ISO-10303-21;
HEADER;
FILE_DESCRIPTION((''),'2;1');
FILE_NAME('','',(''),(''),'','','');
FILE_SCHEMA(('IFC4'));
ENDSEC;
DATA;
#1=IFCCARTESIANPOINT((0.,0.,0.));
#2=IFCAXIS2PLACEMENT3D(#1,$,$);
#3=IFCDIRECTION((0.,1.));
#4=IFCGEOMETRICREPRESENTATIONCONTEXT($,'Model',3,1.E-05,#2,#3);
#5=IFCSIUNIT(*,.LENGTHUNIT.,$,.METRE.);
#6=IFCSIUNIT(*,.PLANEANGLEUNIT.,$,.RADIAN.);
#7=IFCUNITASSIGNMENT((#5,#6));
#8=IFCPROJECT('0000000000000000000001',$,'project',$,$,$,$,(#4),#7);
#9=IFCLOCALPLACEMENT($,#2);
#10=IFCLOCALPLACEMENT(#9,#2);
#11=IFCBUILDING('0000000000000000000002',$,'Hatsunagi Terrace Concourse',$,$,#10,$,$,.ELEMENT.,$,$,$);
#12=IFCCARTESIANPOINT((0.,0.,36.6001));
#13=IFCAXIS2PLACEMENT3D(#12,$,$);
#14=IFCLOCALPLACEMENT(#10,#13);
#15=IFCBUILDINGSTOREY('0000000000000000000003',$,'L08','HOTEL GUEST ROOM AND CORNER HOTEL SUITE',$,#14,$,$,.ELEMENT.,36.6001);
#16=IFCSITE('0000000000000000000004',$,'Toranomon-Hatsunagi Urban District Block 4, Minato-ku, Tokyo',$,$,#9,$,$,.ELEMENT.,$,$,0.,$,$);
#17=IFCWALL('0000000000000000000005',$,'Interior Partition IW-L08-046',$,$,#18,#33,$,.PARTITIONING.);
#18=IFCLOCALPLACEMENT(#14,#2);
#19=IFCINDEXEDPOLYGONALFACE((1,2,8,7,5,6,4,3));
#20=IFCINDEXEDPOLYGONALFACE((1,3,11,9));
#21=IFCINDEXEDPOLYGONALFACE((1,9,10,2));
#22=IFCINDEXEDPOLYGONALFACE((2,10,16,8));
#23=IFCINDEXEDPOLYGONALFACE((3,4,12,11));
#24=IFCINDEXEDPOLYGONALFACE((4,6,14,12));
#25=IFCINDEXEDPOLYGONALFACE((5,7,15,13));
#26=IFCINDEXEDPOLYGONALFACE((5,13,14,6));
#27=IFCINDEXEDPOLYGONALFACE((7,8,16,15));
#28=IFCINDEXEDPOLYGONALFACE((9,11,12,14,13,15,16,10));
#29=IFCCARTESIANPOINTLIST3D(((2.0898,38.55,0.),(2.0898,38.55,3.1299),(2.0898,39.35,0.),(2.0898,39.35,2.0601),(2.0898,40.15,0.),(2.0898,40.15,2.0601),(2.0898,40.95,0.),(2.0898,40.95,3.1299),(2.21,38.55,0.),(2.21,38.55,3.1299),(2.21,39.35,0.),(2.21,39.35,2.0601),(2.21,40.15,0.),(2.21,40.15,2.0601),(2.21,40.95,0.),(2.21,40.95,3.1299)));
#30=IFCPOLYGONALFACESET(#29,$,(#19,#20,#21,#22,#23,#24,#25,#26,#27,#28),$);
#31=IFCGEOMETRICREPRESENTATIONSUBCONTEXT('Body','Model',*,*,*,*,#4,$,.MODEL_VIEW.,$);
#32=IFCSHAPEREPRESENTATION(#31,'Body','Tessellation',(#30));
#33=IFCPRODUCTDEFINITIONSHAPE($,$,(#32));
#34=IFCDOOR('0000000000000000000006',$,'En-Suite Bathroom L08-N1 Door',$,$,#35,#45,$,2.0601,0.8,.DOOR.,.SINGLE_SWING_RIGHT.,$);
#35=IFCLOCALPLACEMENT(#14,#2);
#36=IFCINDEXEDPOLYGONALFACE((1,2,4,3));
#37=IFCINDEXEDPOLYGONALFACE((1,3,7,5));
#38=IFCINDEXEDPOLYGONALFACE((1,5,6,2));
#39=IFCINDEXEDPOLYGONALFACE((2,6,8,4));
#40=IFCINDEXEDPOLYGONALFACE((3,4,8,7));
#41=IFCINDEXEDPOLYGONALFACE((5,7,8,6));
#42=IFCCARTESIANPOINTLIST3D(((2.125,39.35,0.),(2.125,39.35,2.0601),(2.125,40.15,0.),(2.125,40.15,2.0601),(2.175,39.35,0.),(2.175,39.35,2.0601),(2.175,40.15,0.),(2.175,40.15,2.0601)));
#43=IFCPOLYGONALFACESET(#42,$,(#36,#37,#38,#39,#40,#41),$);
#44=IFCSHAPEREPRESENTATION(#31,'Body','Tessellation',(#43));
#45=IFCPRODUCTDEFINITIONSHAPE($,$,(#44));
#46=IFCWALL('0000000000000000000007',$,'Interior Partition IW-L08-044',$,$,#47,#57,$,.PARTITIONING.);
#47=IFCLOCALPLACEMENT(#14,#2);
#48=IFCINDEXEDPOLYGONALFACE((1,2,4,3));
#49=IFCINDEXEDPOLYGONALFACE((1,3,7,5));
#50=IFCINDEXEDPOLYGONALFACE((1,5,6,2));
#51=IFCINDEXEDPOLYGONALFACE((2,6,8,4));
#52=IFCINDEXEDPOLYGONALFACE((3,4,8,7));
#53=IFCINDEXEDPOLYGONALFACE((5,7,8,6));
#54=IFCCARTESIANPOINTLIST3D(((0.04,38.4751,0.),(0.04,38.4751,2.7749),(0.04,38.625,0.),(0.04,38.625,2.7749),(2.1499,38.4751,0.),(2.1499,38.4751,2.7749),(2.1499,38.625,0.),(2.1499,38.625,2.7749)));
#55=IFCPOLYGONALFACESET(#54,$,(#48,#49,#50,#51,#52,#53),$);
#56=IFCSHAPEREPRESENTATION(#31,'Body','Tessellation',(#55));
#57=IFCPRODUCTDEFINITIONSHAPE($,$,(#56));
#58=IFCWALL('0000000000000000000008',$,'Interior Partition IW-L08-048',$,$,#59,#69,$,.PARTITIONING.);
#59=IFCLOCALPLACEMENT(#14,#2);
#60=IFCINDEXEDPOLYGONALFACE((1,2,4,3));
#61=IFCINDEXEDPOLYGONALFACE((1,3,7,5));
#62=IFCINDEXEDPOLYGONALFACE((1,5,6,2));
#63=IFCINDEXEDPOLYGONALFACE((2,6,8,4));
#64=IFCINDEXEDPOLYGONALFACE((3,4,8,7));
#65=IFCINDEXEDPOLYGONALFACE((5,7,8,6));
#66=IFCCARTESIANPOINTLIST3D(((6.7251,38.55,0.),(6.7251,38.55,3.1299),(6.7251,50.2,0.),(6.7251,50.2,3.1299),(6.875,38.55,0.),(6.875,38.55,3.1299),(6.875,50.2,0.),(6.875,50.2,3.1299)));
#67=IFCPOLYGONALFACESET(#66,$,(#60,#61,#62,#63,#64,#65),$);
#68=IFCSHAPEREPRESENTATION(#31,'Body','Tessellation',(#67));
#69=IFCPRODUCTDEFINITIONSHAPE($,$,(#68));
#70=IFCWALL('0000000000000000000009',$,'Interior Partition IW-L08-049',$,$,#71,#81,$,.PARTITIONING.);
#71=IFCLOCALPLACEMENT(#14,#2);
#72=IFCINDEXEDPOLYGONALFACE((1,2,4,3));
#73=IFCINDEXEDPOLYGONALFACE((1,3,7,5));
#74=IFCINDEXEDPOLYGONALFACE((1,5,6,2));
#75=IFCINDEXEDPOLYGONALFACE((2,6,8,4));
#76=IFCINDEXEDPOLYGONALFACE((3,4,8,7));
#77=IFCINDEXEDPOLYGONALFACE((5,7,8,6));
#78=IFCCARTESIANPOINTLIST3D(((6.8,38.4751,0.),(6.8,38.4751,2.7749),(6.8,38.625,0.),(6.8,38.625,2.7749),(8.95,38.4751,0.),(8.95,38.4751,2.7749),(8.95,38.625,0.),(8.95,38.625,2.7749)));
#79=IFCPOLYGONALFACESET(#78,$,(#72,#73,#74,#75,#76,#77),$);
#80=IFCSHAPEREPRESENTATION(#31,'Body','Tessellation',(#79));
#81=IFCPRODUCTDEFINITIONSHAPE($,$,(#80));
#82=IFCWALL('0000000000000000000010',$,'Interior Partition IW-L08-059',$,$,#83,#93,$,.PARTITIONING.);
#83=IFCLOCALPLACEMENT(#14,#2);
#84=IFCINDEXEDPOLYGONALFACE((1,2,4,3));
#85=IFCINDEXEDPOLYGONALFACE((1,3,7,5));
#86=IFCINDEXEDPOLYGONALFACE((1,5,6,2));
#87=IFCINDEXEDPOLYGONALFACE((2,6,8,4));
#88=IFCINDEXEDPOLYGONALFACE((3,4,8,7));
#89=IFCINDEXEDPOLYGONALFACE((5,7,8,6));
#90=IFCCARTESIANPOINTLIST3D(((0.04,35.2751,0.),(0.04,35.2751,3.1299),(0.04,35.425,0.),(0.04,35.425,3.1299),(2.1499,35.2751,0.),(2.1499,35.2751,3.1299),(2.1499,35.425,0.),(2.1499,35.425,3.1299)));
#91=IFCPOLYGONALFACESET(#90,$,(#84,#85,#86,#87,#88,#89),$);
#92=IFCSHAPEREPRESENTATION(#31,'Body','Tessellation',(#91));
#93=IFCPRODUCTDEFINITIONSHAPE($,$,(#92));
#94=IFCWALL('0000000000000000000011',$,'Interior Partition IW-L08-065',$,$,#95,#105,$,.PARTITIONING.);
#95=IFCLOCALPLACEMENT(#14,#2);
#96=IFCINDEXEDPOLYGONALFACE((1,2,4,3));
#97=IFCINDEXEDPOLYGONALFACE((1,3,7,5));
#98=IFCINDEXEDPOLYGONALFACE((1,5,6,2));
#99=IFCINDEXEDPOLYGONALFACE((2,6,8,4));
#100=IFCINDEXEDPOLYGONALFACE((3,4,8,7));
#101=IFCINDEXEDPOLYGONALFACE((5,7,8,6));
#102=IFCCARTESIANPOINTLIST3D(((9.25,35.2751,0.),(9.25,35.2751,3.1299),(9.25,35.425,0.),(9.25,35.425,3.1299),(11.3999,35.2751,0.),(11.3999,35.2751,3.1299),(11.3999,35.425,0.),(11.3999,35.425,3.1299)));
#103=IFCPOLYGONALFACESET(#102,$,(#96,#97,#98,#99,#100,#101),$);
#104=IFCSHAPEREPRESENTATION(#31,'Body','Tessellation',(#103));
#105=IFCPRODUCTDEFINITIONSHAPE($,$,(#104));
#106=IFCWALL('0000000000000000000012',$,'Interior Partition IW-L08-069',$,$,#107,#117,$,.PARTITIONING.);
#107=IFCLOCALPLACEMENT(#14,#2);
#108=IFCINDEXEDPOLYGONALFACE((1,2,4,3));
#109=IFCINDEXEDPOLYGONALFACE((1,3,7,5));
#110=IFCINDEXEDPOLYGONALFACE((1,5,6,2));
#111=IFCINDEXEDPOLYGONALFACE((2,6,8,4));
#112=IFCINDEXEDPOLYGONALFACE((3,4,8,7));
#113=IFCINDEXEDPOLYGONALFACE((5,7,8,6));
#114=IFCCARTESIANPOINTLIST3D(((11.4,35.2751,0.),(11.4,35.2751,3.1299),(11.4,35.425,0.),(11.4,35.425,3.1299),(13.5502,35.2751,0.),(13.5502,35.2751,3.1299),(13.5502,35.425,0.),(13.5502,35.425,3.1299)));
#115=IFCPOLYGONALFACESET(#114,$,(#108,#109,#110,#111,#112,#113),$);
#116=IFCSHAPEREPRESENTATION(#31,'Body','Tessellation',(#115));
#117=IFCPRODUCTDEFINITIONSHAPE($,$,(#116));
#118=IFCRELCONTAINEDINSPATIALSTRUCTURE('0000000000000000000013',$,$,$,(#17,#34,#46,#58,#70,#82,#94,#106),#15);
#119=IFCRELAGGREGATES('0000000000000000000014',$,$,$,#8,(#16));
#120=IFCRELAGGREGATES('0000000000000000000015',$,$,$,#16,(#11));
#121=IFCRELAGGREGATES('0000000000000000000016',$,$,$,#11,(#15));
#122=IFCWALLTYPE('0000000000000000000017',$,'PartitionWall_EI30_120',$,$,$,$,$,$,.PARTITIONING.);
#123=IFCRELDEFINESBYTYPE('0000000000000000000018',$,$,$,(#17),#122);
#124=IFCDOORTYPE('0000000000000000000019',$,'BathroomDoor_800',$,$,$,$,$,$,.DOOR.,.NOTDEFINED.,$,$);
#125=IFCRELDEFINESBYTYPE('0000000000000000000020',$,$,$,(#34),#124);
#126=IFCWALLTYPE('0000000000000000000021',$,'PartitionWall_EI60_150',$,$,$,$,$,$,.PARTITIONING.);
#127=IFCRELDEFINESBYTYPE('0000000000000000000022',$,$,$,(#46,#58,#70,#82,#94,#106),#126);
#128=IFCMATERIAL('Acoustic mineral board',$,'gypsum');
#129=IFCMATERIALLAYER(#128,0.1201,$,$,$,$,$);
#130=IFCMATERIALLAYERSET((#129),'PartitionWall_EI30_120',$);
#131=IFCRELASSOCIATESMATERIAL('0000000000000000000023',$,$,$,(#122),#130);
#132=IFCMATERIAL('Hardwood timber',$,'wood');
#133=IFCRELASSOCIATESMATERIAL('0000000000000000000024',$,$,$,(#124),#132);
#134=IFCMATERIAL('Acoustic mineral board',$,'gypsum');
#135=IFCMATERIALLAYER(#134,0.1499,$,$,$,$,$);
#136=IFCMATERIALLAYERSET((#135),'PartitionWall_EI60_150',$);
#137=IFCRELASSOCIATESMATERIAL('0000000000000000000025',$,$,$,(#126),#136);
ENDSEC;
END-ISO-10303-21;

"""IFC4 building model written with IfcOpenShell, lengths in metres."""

from ifc_helpers import new_model, si_unit, direction, frame, frame_2d, origin, place, context, subcontext, project, spatial, rectangle, extrude, material, layer, layer_set, type_object, element, fill, save


model = new_model("IFC4")

# Units and contexts
model_context = context("Model", 3, precision=1e-05, world=origin(), true_north=direction((0.0, 1.0)))
body_context = subcontext(model_context, "Body", "Model", "MODEL_VIEW")
ifc_project = project(units=[si_unit("LENGTHUNIT", "METRE"), si_unit("PLANEANGLEUNIT", "RADIAN")], contexts=[model_context])

# Site, building, storey
site_placement = place(None, origin())
site = spatial("IfcSite", under=ifc_project, at=site_placement, Name="Toranomon-Hatsunagi Urban District Block 4, Minato-ku, Tokyo", CompositionType="ELEMENT", RefElevation=0.0)
building_placement = place(site_placement, origin())
building = spatial("IfcBuilding", under=site, at=building_placement, Name="Hatsunagi Terrace Concourse", CompositionType="ELEMENT")
storey_placement = place(building_placement, frame((0.0, 0.0, 36.6001)))
storey = spatial("IfcBuildingStorey", under=building, at=storey_placement, Name="L08", Description="HOTEL GUEST ROOM AND CORNER HOTEL SUITE", CompositionType="ELEMENT", Elevation=36.6001)

# Wall, opening, door
ifc_material_1 = material(Name="Acoustic mineral board", Category="gypsum")
ifc_layer_1 = layer(ifc_material_1, 0.1201)
ifc_layer_set_1 = layer_set([ifc_layer_1], Name="PartitionWall_EI30_120")
wall_type_1 = type_object("IfcWallType", Name="PartitionWall_EI30_120", PredefinedType="PARTITIONING", material=ifc_layer_set_1)
wall_1_placement = place(storey_placement, frame((2.1499, 38.55, 0.0), z_axis=(0.0, 0.0, 1.0), x_axis=(0.0, 1.0, 0.0)))
wall_1 = element("IfcWall", 1, at=wall_1_placement, inside=storey, type_object=wall_type_1, Name="Interior Partition IW-L08-046", PredefinedType="PARTITIONING", context=body_context, shape_type="SweptSolid", body=[
    extrude(rectangle(XDim=2.3999, YDim=0.1201, at=frame_2d((1.2, 0.0))), origin(), (0.0, 0.0, 1.0), 3.1299),
])
opening_1_placement = place(wall_1_placement, frame((0.8, 0.0, 0.0)))
opening_1 = element("IfcOpeningElement", 2, at=opening_1_placement, cuts=wall_1, PredefinedType="OPENING", context=body_context, shape_type="SweptSolid", body=[
    extrude(rectangle(XDim=0.8, YDim=2.0601, at=frame_2d((0.3999, 1.03))), frame((0.0, 0.0701, 0.0), z_axis=(0.0, -1.0, 0.0), x_axis=(1.0, 0.0, 0.0)), (0.0, 0.0, 1.0), 0.1401),
])
ifc_material_2 = material(Name="Hardwood timber", Category="wood")
door_type_1 = type_object("IfcDoorType", Name="BathroomDoor_800", OperationType="NOTDEFINED", PredefinedType="DOOR", material=ifc_material_2)
door_1_placement = place(opening_1_placement, origin())
door_1 = element("IfcDoor", 3, at=door_1_placement, inside=storey, type_object=door_type_1, Name="En-Suite Bathroom L08-N1 Door", OperationType="SINGLE_SWING_RIGHT", OverallHeight=2.0601, OverallWidth=0.8, PredefinedType="DOOR", context=body_context, shape_type="SweptSolid", body=[
    extrude(rectangle(XDim=0.8, YDim=2.0601, at=frame_2d((0.3999, 1.03))), frame((0.0, 0.0249, 0.0), z_axis=(0.0, -1.0, 0.0), x_axis=(1.0, 0.0, 0.0)), (0.0, 0.0, 1.0), 0.05),
])
fill(opening_1, door_1)

# Wall
ifc_material_3 = material(Name="Acoustic mineral board", Category="gypsum")
ifc_layer_2 = layer(ifc_material_3, 0.1499)
ifc_layer_set_2 = layer_set([ifc_layer_2], Name="PartitionWall_EI60_150")
wall_type_2 = type_object("IfcWallType", Name="PartitionWall_EI60_150", PredefinedType="PARTITIONING", material=ifc_layer_set_2)
wall_2_placement = place(storey_placement, frame((0.04, 38.55, 0.0), z_axis=(0.0, 0.0, 1.0), x_axis=(1.0, 0.0, 0.0)))
element("IfcWall", 4, at=wall_2_placement, inside=storey, type_object=wall_type_2, Name="Interior Partition IW-L08-044", PredefinedType="PARTITIONING", context=body_context, shape_type="SweptSolid", body=[
    extrude(rectangle(XDim=2.1099, YDim=0.1499, at=frame_2d((1.0549, 0.0))), origin(), (0.0, 0.0, 1.0), 2.7749),
])

# Walls
wall_3_placement = place(storey_placement, frame((6.8, 38.55, 0.0), z_axis=(0.0, 0.0, 1.0), x_axis=(0.0, 1.0, 0.0)))
element("IfcWall", 5, at=wall_3_placement, inside=storey, type_object=wall_type_2, Name="Interior Partition IW-L08-048", PredefinedType="PARTITIONING", context=body_context, shape_type="SweptSolid", body=[
    extrude(rectangle(XDim=11.6499, YDim=0.1499, at=frame_2d((5.825, 0.0))), origin(), (0.0, 0.0, 1.0), 3.1299),
])
wall_4_placement = place(storey_placement, frame((6.8, 38.55, 0.0), z_axis=(0.0, 0.0, 1.0), x_axis=(1.0, 0.0, 0.0)))
element("IfcWall", 6, at=wall_4_placement, inside=storey, type_object=wall_type_2, Name="Interior Partition IW-L08-049", PredefinedType="PARTITIONING", context=body_context, shape_type="SweptSolid", body=[
    extrude(rectangle(XDim=2.1499, YDim=0.1499, at=frame_2d((1.075, 0.0))), origin(), (0.0, 0.0, 1.0), 2.7749),
])

# Wall
wall_5_placement = place(storey_placement, frame((0.04, 35.3501, 0.0), z_axis=(0.0, 0.0, 1.0), x_axis=(1.0, 0.0, 0.0)))
element("IfcWall", 7, at=wall_5_placement, inside=storey, type_object=wall_type_2, Name="Interior Partition IW-L08-059", PredefinedType="PARTITIONING", context=body_context, shape_type="SweptSolid", body=[
    extrude(rectangle(XDim=2.1099, YDim=0.1499, at=frame_2d((1.0549, 0.0))), origin(), (0.0, 0.0, 1.0), 3.1299),
])

# Walls
wall_6_placement = place(storey_placement, frame((9.25, 35.3501, 0.0), z_axis=(0.0, 0.0, 1.0), x_axis=(1.0, 0.0, 0.0)))
element("IfcWall", 8, at=wall_6_placement, inside=storey, type_object=wall_type_2, Name="Interior Partition IW-L08-065", PredefinedType="PARTITIONING", context=body_context, shape_type="SweptSolid", body=[
    extrude(rectangle(XDim=2.1499, YDim=0.1499, at=frame_2d((1.075, 0.0))), origin(), (0.0, 0.0, 1.0), 3.1299),
])
wall_7_placement = place(storey_placement, frame((11.3999, 35.3501, 0.0), z_axis=(0.0, 0.0, 1.0), x_axis=(1.0, 0.0, 0.0)))
element("IfcWall", 9, at=wall_7_placement, inside=storey, type_object=wall_type_2, Name="Interior Partition IW-L08-069", PredefinedType="PARTITIONING", context=body_context, shape_type="SweptSolid", body=[
    extrude(rectangle(XDim=2.1501, YDim=0.1499, at=frame_2d((1.0752, 0.0))), origin(), (0.0, 0.0, 1.0), 3.1299),
])

save(model, "model.ifc")
